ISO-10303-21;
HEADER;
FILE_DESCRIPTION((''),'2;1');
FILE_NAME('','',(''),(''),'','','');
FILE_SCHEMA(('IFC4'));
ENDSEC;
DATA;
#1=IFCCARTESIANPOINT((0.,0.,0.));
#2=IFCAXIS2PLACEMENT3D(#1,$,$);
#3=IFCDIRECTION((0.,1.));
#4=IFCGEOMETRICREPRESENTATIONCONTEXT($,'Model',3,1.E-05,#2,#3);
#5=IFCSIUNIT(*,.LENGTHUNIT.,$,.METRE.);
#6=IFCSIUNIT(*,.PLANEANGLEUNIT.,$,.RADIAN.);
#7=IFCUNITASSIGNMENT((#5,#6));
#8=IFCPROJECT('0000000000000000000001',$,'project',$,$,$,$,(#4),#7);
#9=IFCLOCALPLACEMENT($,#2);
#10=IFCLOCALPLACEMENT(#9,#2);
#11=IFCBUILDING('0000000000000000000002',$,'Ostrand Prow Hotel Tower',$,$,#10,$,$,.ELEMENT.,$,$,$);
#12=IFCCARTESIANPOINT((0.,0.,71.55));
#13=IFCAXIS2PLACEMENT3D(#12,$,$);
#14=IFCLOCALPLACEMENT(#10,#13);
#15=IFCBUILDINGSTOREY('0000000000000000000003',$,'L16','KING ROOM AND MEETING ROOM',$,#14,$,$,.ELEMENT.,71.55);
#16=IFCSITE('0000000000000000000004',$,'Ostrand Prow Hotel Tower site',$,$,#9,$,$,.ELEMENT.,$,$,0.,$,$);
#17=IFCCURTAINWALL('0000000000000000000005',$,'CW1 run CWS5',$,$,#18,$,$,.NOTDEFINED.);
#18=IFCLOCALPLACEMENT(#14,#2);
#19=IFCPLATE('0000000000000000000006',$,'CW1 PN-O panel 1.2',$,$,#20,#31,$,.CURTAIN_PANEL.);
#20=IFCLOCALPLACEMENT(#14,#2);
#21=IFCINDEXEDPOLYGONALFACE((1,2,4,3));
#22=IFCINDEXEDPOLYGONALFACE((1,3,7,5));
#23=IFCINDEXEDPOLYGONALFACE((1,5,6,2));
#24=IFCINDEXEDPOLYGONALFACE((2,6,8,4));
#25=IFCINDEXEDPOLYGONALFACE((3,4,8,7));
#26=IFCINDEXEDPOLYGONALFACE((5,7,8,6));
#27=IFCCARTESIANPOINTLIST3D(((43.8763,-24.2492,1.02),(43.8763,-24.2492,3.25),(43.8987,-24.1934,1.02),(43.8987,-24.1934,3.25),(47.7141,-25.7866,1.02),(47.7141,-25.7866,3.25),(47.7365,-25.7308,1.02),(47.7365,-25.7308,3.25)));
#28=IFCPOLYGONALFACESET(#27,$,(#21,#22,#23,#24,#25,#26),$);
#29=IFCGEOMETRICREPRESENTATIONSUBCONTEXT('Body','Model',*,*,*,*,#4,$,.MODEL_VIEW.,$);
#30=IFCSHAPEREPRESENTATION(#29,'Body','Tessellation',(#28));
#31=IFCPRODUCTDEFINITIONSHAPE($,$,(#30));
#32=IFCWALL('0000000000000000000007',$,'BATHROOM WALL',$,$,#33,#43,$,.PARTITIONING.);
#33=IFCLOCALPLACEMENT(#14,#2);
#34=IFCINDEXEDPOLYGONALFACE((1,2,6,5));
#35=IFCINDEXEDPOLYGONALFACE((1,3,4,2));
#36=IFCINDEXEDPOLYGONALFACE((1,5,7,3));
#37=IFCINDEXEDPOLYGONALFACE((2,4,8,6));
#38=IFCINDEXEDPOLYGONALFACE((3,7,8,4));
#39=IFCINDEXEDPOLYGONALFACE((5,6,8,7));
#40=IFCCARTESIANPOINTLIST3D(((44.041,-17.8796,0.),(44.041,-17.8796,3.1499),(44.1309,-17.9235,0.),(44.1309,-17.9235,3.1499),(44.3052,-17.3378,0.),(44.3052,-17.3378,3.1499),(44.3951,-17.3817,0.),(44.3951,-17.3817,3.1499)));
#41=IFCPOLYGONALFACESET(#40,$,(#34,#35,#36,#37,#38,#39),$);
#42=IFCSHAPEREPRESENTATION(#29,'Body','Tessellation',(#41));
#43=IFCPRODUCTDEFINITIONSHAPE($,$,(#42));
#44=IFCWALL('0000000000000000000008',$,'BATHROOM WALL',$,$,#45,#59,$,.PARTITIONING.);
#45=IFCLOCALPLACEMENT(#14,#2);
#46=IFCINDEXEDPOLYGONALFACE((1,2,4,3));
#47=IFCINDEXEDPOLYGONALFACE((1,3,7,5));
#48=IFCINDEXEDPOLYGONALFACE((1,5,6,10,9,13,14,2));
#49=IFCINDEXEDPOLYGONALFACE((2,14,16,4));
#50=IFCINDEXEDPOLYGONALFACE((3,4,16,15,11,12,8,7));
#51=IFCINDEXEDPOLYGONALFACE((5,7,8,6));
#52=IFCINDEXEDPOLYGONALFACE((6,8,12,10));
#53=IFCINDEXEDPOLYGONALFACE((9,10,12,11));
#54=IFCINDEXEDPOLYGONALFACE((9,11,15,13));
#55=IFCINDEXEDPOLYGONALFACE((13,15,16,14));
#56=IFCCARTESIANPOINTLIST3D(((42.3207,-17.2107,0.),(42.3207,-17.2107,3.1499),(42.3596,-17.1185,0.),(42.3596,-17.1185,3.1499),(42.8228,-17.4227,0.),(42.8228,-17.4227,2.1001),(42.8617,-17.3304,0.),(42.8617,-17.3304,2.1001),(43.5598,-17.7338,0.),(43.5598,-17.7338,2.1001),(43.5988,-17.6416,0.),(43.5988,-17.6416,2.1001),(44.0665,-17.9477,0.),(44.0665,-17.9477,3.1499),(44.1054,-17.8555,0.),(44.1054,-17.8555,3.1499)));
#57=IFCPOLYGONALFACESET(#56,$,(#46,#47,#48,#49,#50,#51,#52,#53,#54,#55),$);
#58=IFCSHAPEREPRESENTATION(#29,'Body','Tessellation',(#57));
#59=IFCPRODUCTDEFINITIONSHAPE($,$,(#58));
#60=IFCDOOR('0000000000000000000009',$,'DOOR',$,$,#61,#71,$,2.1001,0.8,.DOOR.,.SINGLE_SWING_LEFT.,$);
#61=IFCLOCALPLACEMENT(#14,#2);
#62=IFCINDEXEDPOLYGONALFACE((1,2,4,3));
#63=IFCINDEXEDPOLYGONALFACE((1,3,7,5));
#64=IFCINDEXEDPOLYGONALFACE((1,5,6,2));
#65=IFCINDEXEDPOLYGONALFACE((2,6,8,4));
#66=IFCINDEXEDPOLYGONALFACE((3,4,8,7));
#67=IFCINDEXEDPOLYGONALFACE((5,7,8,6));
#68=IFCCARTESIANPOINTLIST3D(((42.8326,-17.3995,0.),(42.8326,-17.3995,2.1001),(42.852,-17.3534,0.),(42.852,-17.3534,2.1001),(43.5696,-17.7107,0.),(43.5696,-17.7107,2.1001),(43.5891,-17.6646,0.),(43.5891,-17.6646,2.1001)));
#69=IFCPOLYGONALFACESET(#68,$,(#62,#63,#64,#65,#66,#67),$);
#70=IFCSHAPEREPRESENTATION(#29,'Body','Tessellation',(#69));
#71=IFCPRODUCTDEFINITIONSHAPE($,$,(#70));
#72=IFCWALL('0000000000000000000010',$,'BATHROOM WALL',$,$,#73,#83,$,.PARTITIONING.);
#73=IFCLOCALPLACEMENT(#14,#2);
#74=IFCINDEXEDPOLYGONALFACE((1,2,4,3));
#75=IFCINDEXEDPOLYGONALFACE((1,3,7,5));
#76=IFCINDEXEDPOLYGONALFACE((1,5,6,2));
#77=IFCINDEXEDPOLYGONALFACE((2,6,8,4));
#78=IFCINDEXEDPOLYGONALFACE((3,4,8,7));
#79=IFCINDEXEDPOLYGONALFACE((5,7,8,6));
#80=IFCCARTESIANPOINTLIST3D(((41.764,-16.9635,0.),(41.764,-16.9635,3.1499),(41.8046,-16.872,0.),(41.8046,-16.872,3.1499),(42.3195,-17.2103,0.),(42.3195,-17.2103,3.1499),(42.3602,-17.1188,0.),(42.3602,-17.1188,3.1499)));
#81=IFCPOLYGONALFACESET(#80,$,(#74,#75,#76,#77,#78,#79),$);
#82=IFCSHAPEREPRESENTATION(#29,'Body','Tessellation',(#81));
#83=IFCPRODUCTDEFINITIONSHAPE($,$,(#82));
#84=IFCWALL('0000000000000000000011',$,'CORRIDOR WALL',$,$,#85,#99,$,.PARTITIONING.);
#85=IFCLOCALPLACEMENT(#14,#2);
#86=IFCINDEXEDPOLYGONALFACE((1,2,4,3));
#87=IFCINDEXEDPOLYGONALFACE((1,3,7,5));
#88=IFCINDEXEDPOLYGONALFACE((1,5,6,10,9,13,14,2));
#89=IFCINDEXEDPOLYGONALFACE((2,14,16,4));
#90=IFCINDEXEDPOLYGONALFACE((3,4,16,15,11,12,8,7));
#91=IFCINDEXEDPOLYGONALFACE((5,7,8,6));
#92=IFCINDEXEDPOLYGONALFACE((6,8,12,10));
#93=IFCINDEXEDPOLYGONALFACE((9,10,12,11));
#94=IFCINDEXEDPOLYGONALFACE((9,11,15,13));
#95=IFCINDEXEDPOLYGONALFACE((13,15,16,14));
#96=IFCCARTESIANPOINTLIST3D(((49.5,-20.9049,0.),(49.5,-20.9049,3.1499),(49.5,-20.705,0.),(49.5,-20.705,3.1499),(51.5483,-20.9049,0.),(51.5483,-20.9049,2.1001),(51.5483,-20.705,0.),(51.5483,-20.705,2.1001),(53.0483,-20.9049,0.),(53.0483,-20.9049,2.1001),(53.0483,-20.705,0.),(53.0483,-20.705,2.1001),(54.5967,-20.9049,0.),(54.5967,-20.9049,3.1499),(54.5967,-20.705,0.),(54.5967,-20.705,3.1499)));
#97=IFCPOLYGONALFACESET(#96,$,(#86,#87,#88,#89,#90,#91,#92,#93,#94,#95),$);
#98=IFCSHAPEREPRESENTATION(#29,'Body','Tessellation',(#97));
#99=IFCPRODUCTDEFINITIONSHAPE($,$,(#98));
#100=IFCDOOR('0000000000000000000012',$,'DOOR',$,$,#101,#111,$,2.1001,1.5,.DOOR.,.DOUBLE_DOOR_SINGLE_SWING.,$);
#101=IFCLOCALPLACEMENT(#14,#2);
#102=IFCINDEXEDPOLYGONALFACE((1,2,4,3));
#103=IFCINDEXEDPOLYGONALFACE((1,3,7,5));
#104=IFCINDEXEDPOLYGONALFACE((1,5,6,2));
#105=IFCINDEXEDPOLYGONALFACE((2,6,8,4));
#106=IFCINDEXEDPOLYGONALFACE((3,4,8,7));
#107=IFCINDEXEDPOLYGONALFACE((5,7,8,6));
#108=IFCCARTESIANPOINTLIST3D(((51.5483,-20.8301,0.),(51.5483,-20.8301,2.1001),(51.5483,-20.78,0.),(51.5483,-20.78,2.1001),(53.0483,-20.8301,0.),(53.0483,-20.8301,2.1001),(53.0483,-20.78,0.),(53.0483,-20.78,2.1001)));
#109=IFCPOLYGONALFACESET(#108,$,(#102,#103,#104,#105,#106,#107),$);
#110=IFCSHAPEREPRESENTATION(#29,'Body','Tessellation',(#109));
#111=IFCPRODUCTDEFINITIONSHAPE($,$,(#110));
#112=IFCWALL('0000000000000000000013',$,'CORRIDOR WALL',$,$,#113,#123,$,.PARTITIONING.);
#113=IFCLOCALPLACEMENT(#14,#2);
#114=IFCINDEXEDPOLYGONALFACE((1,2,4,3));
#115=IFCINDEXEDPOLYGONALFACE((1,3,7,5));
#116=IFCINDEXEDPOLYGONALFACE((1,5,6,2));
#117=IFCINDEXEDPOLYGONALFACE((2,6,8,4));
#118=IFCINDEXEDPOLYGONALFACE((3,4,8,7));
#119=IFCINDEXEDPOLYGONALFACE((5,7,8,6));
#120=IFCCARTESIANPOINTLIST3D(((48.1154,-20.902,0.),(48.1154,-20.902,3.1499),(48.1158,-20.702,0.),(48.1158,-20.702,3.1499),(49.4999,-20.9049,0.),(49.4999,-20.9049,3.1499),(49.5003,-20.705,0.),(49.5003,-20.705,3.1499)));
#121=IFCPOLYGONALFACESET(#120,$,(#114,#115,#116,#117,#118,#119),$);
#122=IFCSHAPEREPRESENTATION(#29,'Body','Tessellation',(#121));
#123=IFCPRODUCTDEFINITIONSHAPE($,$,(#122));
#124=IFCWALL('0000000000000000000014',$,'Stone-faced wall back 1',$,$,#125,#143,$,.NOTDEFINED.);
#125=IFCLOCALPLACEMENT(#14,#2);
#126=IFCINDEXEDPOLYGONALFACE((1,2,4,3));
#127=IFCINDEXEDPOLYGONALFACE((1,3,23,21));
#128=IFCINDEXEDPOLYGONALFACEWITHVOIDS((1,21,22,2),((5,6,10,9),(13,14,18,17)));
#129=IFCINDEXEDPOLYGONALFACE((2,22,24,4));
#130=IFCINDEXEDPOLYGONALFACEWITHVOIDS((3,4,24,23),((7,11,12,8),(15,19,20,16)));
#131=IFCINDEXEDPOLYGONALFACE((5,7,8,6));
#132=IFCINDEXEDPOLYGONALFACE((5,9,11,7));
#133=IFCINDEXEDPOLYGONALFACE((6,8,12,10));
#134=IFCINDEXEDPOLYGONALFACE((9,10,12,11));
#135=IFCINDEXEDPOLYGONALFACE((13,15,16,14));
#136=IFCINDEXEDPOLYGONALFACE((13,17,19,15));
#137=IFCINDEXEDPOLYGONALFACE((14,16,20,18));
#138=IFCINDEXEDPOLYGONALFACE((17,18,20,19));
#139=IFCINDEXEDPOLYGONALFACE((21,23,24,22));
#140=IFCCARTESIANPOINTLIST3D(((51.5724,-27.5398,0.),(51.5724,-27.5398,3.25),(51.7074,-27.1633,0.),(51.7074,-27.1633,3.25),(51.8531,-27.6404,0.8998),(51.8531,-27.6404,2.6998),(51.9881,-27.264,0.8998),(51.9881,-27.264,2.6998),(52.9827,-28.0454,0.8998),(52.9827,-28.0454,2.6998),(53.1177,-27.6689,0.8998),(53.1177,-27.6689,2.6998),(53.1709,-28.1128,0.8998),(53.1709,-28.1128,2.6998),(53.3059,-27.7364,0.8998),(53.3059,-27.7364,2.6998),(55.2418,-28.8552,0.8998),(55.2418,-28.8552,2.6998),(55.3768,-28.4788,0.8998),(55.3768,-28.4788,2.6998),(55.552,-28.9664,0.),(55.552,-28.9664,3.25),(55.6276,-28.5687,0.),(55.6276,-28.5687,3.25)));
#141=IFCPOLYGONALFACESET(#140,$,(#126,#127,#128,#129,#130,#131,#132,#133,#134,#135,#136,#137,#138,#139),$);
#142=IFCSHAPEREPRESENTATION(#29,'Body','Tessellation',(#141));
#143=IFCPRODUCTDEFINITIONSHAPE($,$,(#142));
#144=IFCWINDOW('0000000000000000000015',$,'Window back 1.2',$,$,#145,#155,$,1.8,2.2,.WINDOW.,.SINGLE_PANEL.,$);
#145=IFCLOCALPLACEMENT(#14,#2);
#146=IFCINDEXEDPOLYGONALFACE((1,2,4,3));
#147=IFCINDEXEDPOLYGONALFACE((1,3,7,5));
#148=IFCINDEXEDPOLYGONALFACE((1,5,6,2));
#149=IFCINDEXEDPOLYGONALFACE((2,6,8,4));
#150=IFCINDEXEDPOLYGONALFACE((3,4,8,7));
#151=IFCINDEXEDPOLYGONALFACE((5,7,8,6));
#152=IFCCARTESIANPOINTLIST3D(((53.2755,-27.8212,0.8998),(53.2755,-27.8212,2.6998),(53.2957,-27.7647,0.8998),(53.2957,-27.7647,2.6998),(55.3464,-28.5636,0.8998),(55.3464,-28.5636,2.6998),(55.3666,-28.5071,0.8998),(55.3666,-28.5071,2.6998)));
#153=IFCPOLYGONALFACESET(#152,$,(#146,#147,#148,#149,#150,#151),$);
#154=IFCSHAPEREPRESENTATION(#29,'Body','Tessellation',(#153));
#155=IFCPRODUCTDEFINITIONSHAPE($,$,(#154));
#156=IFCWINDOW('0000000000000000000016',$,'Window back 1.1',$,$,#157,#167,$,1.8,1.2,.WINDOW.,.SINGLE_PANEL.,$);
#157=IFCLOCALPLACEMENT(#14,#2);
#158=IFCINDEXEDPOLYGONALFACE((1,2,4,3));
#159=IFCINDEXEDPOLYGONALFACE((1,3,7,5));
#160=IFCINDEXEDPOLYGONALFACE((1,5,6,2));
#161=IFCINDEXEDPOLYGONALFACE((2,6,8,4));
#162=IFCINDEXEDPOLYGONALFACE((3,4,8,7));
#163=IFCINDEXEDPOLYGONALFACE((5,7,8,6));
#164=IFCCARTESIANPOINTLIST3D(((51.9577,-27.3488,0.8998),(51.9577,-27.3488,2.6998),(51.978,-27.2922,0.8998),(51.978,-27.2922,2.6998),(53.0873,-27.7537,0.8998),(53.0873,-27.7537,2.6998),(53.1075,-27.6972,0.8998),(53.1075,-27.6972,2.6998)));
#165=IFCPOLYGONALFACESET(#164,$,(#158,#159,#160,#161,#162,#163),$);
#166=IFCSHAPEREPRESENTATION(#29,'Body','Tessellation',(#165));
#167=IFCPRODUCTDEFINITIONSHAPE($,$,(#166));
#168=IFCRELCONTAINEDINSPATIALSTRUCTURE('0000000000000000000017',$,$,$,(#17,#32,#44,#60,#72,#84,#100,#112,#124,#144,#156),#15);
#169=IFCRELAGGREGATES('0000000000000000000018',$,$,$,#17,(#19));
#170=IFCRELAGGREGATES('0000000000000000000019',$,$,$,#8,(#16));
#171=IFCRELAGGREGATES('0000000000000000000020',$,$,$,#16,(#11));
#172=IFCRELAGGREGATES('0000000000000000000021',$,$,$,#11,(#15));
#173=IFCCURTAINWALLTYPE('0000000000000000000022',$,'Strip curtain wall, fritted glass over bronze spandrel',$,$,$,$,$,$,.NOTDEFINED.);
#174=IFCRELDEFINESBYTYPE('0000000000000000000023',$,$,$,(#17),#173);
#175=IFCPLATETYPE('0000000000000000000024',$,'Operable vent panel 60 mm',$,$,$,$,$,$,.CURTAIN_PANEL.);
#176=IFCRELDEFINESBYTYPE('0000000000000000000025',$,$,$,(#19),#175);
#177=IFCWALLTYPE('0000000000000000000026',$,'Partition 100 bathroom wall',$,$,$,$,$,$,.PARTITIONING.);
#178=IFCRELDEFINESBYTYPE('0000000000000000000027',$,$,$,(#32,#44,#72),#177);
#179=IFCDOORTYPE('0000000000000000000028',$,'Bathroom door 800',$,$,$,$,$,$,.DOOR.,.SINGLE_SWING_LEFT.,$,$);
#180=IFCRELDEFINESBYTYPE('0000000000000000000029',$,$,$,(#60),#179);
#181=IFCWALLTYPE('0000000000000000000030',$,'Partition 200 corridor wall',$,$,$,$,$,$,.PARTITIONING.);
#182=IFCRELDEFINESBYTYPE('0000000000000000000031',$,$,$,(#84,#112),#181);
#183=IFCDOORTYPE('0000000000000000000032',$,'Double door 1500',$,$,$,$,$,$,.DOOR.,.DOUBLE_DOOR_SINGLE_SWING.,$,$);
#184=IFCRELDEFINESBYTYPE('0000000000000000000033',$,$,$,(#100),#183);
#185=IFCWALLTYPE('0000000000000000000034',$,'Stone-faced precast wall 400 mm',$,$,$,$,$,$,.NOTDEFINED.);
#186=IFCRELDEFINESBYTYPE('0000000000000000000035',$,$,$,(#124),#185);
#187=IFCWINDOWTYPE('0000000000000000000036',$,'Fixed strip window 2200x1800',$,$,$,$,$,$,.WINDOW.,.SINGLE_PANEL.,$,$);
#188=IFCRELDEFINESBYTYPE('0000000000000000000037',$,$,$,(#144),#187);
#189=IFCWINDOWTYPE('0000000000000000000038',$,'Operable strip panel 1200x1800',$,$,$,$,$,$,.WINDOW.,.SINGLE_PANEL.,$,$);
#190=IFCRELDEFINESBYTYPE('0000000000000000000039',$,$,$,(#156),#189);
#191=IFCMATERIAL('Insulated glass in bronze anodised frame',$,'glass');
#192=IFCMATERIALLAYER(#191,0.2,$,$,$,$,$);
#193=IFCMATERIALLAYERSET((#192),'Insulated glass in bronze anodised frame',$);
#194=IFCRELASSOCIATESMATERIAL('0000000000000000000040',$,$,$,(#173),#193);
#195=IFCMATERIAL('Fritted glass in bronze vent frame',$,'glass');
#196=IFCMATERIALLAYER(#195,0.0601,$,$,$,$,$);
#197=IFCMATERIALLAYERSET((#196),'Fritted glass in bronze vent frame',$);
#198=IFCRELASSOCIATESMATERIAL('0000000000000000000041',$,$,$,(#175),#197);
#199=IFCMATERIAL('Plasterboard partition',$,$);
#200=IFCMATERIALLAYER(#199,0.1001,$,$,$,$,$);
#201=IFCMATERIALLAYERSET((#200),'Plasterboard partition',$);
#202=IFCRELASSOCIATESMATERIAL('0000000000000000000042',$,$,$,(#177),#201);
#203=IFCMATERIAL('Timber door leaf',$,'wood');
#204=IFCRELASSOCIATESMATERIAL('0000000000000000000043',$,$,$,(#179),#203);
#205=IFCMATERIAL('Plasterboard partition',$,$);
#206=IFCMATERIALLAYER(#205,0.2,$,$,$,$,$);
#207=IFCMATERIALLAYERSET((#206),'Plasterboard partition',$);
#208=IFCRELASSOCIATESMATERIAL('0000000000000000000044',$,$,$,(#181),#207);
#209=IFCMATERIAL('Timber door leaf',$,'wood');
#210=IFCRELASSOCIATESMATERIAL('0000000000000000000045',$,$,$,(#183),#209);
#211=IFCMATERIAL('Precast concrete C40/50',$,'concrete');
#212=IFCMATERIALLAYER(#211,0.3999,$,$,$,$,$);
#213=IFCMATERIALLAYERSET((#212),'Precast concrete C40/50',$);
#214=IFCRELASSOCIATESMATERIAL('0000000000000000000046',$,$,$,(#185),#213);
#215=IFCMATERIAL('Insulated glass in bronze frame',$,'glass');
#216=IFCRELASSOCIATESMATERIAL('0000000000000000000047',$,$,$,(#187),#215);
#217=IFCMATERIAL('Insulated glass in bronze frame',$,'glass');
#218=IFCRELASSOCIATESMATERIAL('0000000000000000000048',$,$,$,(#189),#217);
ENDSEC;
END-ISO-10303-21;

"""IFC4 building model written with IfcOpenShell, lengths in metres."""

from ifc_helpers import new_model, si_unit, direction, frame, frame_2d, origin, origin_2d, place, context, subcontext, project, spatial, polyline, rectangle, outline, extrude, material, layer, layer_set, type_object, element, fill, aggregate, save


model = new_model("IFC4")

# Units and contexts
model_context = context("Model", 3, precision=1e-05, world=origin(), true_north=direction((0.0, 1.0)))
body_context = subcontext(model_context, "Body", "Model", "MODEL_VIEW")
ifc_project = project(units=[si_unit("LENGTHUNIT", "METRE"), si_unit("PLANEANGLEUNIT", "RADIAN")], contexts=[model_context])

# Site, building, storey
site_placement = place(None, origin())
site = spatial("IfcSite", under=ifc_project, at=site_placement, Name="Ostrand Prow Hotel Tower site", CompositionType="ELEMENT", RefElevation=0.0)
building_placement = place(site_placement, origin())
building = spatial("IfcBuilding", under=site, at=building_placement, Name="Ostrand Prow Hotel Tower", CompositionType="ELEMENT")
storey_placement = place(building_placement, frame((0.0, 0.0, 71.55)))
storey = spatial("IfcBuildingStorey", under=building, at=storey_placement, Name="L16", Description="KING ROOM AND MEETING ROOM", CompositionType="ELEMENT", Elevation=71.55)

# Curtain wall
ifc_material_1 = material(Name="Insulated glass in bronze anodised frame", Category="glass")
ifc_layer_1 = layer(ifc_material_1, 0.2)
ifc_layer_set_1 = layer_set([ifc_layer_1], Name="Insulated glass in bronze anodised frame")
curtain_wall_type = type_object("IfcCurtainWallType", Name="Strip curtain wall, fritted glass over bronze spandrel", PredefinedType="NOTDEFINED", material=ifc_layer_set_1)
curtain_wall_1_placement = place(storey_placement, origin())
curtain_wall_1 = element("IfcCurtainWall", 1, at=curtain_wall_1_placement, inside=storey, type_object=curtain_wall_type, Name="CW1 run CWS5", PredefinedType="NOTDEFINED")

# Plate
ifc_material_2 = material(Name="Fritted glass in bronze vent frame", Category="glass")
ifc_layer_2 = layer(ifc_material_2, 0.0601)
ifc_layer_set_2 = layer_set([ifc_layer_2], Name="Fritted glass in bronze vent frame")
plate_type_1 = type_object("IfcPlateType", Name="Operable vent panel 60 mm", PredefinedType="CURTAIN_PANEL", material=ifc_layer_set_2)
plate_1_placement = place(storey_placement, frame((45.8064, -24.99, 1.02), z_axis=(0.0, 0.0, 1.0), x_axis=(0.928283, -0.371873, 0.0)))
plate_1 = element("IfcPlate", 2, at=plate_1_placement, type_object=plate_type_1, Name="CW1 PN-O panel 1.2", PredefinedType="CURTAIN_PANEL", context=body_context, shape_type="SweptSolid", body=[
    extrude(rectangle(XDim=4.1343, YDim=0.0601, at=origin_2d()), origin(), (0.0, 0.0, 1.0), 2.23),
])
aggregate(curtain_wall_1, [plate_1])

# Wall
ifc_material_3 = material(Name="Plasterboard partition")
ifc_layer_3 = layer(ifc_material_3, 0.1001)
ifc_layer_set_3 = layer_set([ifc_layer_3], Name="Plasterboard partition")
wall_type_1 = type_object("IfcWallType", Name="Partition 100 bathroom wall", PredefinedType="PARTITIONING", material=ifc_layer_set_3)
wall_1_placement = place(storey_placement, frame((44.3501, -17.3599, 0.0), z_axis=(0.0, 0.0, 1.0), x_axis=(-0.43828, -0.898839, 0.0)))
element("IfcWall", 3, at=wall_1_placement, inside=storey, type_object=wall_type_1, Name="BATHROOM WALL", PredefinedType="PARTITIONING", context=body_context, shape_type="SweptSolid", body=[
    extrude(rectangle(XDim=0.6028, YDim=0.1001, at=frame_2d((0.3013, 0.0))), origin(), (0.0, 0.0, 1.0), 3.1499),
])

# Wall, opening, door
wall_2_placement = place(storey_placement, frame((44.0859, -17.9016, 0.0), z_axis=(0.0, 0.0, 1.0), x_axis=(-0.921264, 0.388938, 0.0)))
wall_2 = element("IfcWall", 4, at=wall_2_placement, inside=storey, type_object=wall_type_1, Name="BATHROOM WALL", PredefinedType="PARTITIONING", context=body_context, shape_type="SweptSolid", body=[
    extrude(rectangle(XDim=1.895, YDim=0.1001, at=frame_2d((0.9475, 0.0))), origin(), (0.0, 0.0, 1.0), 3.1499),
])
opening_1_placement = place(wall_2_placement, frame((0.55, 0.0, 0.0)))
opening_1 = element("IfcOpeningElement", 5, at=opening_1_placement, cuts=wall_2, PredefinedType="OPENING", context=body_context, shape_type="SweptSolid", body=[
    extrude(rectangle(XDim=0.8, YDim=2.1001, at=frame_2d((0.3999, 1.05))), frame((0.0, 0.0601, 0.0), z_axis=(0.0, -1.0, 0.0), x_axis=(1.0, 0.0, 0.0)), (0.0, 0.0, 1.0), 0.1201),
])
ifc_material_4 = material(Name="Timber door leaf", Category="wood")
door_type_1 = type_object("IfcDoorType", Name="Bathroom door 800", OperationType="SINGLE_SWING_LEFT", PredefinedType="DOOR", material=ifc_material_4)
door_1_placement = place(opening_1_placement, origin())
door_1 = element("IfcDoor", 6, at=door_1_placement, inside=storey, type_object=door_type_1, Name="DOOR", OperationType="SINGLE_SWING_LEFT", OverallHeight=2.1001, OverallWidth=0.8, PredefinedType="DOOR", context=body_context, shape_type="SweptSolid", body=[
    extrude(rectangle(XDim=0.8, YDim=2.1001, at=frame_2d((0.3999, 1.05))), frame((0.0, 0.0249, 0.0), z_axis=(0.0, -1.0, 0.0), x_axis=(1.0, 0.0, 0.0)), (0.0, 0.0, 1.0), 0.05),
])
fill(opening_1, door_1)

# Wall
wall_3_placement = place(storey_placement, frame((42.3398, -17.1646, 0.0), z_axis=(0.0, 0.0, 1.0), x_axis=(-0.913894, 0.405952, 0.0)))
element("IfcWall", 7, at=wall_3_placement, inside=storey, type_object=wall_type_1, Name="BATHROOM WALL", PredefinedType="PARTITIONING", context=body_context, shape_type="SweptSolid", body=[
    extrude(rectangle(XDim=0.6079, YDim=0.1001, at=frame_2d((0.304, 0.0))), origin(), (0.0, 0.0, 1.0), 3.1499),
])

# Wall, opening, door
ifc_material_5 = material(Name="Plasterboard partition")
ifc_layer_4 = layer(ifc_material_5, 0.2)
ifc_layer_set_4 = layer_set([ifc_layer_4], Name="Plasterboard partition")
wall_type_2 = type_object("IfcWallType", Name="Partition 200 corridor wall", PredefinedType="PARTITIONING", material=ifc_layer_set_4)
wall_4_placement = place(storey_placement, frame((49.5, -20.8049, 0.0), z_axis=(0.0, 0.0, 1.0), x_axis=(1.0, 0.0, 0.0)))
wall_4 = element("IfcWall", 8, at=wall_4_placement, inside=storey, type_object=wall_type_2, Name="CORRIDOR WALL", PredefinedType="PARTITIONING", context=body_context, shape_type="SweptSolid", body=[
    extrude(rectangle(XDim=5.0967, YDim=0.2, at=frame_2d((2.5483, 0.0))), origin(), (0.0, 0.0, 1.0), 3.1499),
])
opening_2_placement = place(wall_4_placement, frame((2.0483, 0.0, 0.0)))
opening_2 = element("IfcOpeningElement", 9, at=opening_2_placement, cuts=wall_4, PredefinedType="OPENING", context=body_context, shape_type="SweptSolid", body=[
    extrude(rectangle(XDim=1.5, YDim=2.1001, at=frame_2d((0.75, 1.05))), frame((0.0, 0.1099, 0.0), z_axis=(0.0, -1.0, 0.0), x_axis=(1.0, 0.0, 0.0)), (0.0, 0.0, 1.0), 0.22),
])
ifc_material_6 = material(Name="Timber door leaf", Category="wood")
door_type_2 = type_object("IfcDoorType", Name="Double door 1500", OperationType="DOUBLE_DOOR_SINGLE_SWING", PredefinedType="DOOR", material=ifc_material_6)
door_2_placement = place(opening_2_placement, origin())
door_2 = element("IfcDoor", 10, at=door_2_placement, inside=storey, type_object=door_type_2, Name="DOOR", OperationType="DOUBLE_DOOR_SINGLE_SWING", OverallHeight=2.1001, OverallWidth=1.5, PredefinedType="DOOR", context=body_context, shape_type="SweptSolid", body=[
    extrude(rectangle(XDim=1.5, YDim=2.1001, at=frame_2d((0.75, 1.05))), frame((0.0, 0.0249, 0.0), z_axis=(0.0, -1.0, 0.0), x_axis=(1.0, 0.0, 0.0)), (0.0, 0.0, 1.0), 0.05),
])
fill(opening_2, door_2)

# Wall
wall_5_placement = place(storey_placement, frame((48.1155, -20.802, 0.0), z_axis=(0.0, 0.0, 1.0), x_axis=(0.999998, -0.002116, 0.0)))
element("IfcWall", 11, at=wall_5_placement, inside=storey, type_object=wall_type_2, Name="CORRIDOR WALL", PredefinedType="PARTITIONING", context=body_context, shape_type="SweptSolid", body=[
    extrude(rectangle(XDim=1.3845, YDim=0.2, at=frame_2d((0.6924, 0.0))), origin(), (0.0, 0.0, 1.0), 3.1499),
])

# Wall, openings, windows
ifc_material_7 = material(Name="Precast concrete C40/50", Category="concrete")
ifc_layer_5 = layer(ifc_material_7, 0.3999)
ifc_layer_set_5 = layer_set([ifc_layer_5], Name="Precast concrete C40/50")
wall_type_3 = type_object("IfcWallType", Name="Stone-faced precast wall 400 mm", PredefinedType="NOTDEFINED", material=ifc_layer_set_5)
wall_6_placement = place(storey_placement, frame((51.6399, -27.3516, 0.0), z_axis=(0.0, 0.0, 1.0), x_axis=(0.94134, -0.33746, 0.0)))
wall_6 = element("IfcWall", 12, at=wall_6_placement, inside=storey, type_object=wall_type_3, Name="Stone-faced wall back 1", PredefinedType="NOTDEFINED", context=body_context, shape_type="SweptSolid", body=[
    extrude(outline(polyline([(0.0, -0.2), (4.2275, -0.2), (4.1646, 0.2), (0.0, 0.2), (0.0, -0.2)])), origin(), (0.0, 0.0, 1.0), 3.25),
])
opening_3_placement = place(wall_6_placement, frame((0.2981, 0.0, 0.8999)))
opening_3 = element("IfcOpeningElement", 13, at=opening_3_placement, cuts=wall_6, PredefinedType="OPENING", context=body_context, shape_type="SweptSolid", body=[
    extrude(rectangle(XDim=1.2, YDim=1.8, at=frame_2d((0.6001, 0.8999))), frame((0.0, 0.21, 0.0), z_axis=(0.0, -1.0, 0.0), x_axis=(1.0, 0.0, 0.0)), (0.0, 0.0, 1.0), 0.4199),
])
opening_4_placement = place(wall_6_placement, frame((1.698, 0.0, 0.8999)))
opening_4 = element("IfcOpeningElement", 14, at=opening_4_placement, cuts=wall_6, PredefinedType="OPENING", context=body_context, shape_type="SweptSolid", body=[
    extrude(rectangle(XDim=2.2, YDim=1.8, at=frame_2d((1.1001, 0.8999))), frame((0.0, 0.21, 0.0), z_axis=(0.0, -1.0, 0.0), x_axis=(1.0, 0.0, 0.0)), (0.0, 0.0, 1.0), 0.4199),
])
ifc_material_8 = material(Name="Insulated glass in bronze frame", Category="glass")
window_type_1 = type_object("IfcWindowType", Name="Fixed strip window 2200x1800", PartitioningType="SINGLE_PANEL", PredefinedType="WINDOW", material=ifc_material_8)
window_1_placement = place(opening_4_placement, origin())
window_1 = element("IfcWindow", 15, at=window_1_placement, inside=storey, type_object=window_type_1, Name="Window back 1.2", OverallHeight=1.8, OverallWidth=2.2, PartitioningType="SINGLE_PANEL", PredefinedType="WINDOW", context=body_context, shape_type="SweptSolid", body=[
    extrude(rectangle(XDim=2.2, YDim=1.8, at=frame_2d((1.1001, 0.8999))), frame((0.0, 0.1699, 0.0), z_axis=(0.0, -1.0, 0.0), x_axis=(1.0, 0.0, 0.0)), (0.0, 0.0, 1.0), 0.0601),
])
fill(opening_4, window_1)
ifc_material_9 = material(Name="Insulated glass in bronze frame", Category="glass")
window_type_2 = type_object("IfcWindowType", Name="Operable strip panel 1200x1800", PartitioningType="SINGLE_PANEL", PredefinedType="WINDOW", material=ifc_material_9)
window_2_placement = place(opening_3_placement, origin())
window_2 = element("IfcWindow", 16, at=window_2_placement, inside=storey, type_object=window_type_2, Name="Window back 1.1", OverallHeight=1.8, OverallWidth=1.2, PartitioningType="SINGLE_PANEL", PredefinedType="WINDOW", context=body_context, shape_type="SweptSolid", body=[
    extrude(rectangle(XDim=1.2, YDim=1.8, at=frame_2d((0.6001, 0.8999))), frame((0.0, 0.1699, 0.0), z_axis=(0.0, -1.0, 0.0), x_axis=(1.0, 0.0, 0.0)), (0.0, 0.0, 1.0), 0.0601),
])
fill(opening_3, window_2)

save(model, "model.ifc")
